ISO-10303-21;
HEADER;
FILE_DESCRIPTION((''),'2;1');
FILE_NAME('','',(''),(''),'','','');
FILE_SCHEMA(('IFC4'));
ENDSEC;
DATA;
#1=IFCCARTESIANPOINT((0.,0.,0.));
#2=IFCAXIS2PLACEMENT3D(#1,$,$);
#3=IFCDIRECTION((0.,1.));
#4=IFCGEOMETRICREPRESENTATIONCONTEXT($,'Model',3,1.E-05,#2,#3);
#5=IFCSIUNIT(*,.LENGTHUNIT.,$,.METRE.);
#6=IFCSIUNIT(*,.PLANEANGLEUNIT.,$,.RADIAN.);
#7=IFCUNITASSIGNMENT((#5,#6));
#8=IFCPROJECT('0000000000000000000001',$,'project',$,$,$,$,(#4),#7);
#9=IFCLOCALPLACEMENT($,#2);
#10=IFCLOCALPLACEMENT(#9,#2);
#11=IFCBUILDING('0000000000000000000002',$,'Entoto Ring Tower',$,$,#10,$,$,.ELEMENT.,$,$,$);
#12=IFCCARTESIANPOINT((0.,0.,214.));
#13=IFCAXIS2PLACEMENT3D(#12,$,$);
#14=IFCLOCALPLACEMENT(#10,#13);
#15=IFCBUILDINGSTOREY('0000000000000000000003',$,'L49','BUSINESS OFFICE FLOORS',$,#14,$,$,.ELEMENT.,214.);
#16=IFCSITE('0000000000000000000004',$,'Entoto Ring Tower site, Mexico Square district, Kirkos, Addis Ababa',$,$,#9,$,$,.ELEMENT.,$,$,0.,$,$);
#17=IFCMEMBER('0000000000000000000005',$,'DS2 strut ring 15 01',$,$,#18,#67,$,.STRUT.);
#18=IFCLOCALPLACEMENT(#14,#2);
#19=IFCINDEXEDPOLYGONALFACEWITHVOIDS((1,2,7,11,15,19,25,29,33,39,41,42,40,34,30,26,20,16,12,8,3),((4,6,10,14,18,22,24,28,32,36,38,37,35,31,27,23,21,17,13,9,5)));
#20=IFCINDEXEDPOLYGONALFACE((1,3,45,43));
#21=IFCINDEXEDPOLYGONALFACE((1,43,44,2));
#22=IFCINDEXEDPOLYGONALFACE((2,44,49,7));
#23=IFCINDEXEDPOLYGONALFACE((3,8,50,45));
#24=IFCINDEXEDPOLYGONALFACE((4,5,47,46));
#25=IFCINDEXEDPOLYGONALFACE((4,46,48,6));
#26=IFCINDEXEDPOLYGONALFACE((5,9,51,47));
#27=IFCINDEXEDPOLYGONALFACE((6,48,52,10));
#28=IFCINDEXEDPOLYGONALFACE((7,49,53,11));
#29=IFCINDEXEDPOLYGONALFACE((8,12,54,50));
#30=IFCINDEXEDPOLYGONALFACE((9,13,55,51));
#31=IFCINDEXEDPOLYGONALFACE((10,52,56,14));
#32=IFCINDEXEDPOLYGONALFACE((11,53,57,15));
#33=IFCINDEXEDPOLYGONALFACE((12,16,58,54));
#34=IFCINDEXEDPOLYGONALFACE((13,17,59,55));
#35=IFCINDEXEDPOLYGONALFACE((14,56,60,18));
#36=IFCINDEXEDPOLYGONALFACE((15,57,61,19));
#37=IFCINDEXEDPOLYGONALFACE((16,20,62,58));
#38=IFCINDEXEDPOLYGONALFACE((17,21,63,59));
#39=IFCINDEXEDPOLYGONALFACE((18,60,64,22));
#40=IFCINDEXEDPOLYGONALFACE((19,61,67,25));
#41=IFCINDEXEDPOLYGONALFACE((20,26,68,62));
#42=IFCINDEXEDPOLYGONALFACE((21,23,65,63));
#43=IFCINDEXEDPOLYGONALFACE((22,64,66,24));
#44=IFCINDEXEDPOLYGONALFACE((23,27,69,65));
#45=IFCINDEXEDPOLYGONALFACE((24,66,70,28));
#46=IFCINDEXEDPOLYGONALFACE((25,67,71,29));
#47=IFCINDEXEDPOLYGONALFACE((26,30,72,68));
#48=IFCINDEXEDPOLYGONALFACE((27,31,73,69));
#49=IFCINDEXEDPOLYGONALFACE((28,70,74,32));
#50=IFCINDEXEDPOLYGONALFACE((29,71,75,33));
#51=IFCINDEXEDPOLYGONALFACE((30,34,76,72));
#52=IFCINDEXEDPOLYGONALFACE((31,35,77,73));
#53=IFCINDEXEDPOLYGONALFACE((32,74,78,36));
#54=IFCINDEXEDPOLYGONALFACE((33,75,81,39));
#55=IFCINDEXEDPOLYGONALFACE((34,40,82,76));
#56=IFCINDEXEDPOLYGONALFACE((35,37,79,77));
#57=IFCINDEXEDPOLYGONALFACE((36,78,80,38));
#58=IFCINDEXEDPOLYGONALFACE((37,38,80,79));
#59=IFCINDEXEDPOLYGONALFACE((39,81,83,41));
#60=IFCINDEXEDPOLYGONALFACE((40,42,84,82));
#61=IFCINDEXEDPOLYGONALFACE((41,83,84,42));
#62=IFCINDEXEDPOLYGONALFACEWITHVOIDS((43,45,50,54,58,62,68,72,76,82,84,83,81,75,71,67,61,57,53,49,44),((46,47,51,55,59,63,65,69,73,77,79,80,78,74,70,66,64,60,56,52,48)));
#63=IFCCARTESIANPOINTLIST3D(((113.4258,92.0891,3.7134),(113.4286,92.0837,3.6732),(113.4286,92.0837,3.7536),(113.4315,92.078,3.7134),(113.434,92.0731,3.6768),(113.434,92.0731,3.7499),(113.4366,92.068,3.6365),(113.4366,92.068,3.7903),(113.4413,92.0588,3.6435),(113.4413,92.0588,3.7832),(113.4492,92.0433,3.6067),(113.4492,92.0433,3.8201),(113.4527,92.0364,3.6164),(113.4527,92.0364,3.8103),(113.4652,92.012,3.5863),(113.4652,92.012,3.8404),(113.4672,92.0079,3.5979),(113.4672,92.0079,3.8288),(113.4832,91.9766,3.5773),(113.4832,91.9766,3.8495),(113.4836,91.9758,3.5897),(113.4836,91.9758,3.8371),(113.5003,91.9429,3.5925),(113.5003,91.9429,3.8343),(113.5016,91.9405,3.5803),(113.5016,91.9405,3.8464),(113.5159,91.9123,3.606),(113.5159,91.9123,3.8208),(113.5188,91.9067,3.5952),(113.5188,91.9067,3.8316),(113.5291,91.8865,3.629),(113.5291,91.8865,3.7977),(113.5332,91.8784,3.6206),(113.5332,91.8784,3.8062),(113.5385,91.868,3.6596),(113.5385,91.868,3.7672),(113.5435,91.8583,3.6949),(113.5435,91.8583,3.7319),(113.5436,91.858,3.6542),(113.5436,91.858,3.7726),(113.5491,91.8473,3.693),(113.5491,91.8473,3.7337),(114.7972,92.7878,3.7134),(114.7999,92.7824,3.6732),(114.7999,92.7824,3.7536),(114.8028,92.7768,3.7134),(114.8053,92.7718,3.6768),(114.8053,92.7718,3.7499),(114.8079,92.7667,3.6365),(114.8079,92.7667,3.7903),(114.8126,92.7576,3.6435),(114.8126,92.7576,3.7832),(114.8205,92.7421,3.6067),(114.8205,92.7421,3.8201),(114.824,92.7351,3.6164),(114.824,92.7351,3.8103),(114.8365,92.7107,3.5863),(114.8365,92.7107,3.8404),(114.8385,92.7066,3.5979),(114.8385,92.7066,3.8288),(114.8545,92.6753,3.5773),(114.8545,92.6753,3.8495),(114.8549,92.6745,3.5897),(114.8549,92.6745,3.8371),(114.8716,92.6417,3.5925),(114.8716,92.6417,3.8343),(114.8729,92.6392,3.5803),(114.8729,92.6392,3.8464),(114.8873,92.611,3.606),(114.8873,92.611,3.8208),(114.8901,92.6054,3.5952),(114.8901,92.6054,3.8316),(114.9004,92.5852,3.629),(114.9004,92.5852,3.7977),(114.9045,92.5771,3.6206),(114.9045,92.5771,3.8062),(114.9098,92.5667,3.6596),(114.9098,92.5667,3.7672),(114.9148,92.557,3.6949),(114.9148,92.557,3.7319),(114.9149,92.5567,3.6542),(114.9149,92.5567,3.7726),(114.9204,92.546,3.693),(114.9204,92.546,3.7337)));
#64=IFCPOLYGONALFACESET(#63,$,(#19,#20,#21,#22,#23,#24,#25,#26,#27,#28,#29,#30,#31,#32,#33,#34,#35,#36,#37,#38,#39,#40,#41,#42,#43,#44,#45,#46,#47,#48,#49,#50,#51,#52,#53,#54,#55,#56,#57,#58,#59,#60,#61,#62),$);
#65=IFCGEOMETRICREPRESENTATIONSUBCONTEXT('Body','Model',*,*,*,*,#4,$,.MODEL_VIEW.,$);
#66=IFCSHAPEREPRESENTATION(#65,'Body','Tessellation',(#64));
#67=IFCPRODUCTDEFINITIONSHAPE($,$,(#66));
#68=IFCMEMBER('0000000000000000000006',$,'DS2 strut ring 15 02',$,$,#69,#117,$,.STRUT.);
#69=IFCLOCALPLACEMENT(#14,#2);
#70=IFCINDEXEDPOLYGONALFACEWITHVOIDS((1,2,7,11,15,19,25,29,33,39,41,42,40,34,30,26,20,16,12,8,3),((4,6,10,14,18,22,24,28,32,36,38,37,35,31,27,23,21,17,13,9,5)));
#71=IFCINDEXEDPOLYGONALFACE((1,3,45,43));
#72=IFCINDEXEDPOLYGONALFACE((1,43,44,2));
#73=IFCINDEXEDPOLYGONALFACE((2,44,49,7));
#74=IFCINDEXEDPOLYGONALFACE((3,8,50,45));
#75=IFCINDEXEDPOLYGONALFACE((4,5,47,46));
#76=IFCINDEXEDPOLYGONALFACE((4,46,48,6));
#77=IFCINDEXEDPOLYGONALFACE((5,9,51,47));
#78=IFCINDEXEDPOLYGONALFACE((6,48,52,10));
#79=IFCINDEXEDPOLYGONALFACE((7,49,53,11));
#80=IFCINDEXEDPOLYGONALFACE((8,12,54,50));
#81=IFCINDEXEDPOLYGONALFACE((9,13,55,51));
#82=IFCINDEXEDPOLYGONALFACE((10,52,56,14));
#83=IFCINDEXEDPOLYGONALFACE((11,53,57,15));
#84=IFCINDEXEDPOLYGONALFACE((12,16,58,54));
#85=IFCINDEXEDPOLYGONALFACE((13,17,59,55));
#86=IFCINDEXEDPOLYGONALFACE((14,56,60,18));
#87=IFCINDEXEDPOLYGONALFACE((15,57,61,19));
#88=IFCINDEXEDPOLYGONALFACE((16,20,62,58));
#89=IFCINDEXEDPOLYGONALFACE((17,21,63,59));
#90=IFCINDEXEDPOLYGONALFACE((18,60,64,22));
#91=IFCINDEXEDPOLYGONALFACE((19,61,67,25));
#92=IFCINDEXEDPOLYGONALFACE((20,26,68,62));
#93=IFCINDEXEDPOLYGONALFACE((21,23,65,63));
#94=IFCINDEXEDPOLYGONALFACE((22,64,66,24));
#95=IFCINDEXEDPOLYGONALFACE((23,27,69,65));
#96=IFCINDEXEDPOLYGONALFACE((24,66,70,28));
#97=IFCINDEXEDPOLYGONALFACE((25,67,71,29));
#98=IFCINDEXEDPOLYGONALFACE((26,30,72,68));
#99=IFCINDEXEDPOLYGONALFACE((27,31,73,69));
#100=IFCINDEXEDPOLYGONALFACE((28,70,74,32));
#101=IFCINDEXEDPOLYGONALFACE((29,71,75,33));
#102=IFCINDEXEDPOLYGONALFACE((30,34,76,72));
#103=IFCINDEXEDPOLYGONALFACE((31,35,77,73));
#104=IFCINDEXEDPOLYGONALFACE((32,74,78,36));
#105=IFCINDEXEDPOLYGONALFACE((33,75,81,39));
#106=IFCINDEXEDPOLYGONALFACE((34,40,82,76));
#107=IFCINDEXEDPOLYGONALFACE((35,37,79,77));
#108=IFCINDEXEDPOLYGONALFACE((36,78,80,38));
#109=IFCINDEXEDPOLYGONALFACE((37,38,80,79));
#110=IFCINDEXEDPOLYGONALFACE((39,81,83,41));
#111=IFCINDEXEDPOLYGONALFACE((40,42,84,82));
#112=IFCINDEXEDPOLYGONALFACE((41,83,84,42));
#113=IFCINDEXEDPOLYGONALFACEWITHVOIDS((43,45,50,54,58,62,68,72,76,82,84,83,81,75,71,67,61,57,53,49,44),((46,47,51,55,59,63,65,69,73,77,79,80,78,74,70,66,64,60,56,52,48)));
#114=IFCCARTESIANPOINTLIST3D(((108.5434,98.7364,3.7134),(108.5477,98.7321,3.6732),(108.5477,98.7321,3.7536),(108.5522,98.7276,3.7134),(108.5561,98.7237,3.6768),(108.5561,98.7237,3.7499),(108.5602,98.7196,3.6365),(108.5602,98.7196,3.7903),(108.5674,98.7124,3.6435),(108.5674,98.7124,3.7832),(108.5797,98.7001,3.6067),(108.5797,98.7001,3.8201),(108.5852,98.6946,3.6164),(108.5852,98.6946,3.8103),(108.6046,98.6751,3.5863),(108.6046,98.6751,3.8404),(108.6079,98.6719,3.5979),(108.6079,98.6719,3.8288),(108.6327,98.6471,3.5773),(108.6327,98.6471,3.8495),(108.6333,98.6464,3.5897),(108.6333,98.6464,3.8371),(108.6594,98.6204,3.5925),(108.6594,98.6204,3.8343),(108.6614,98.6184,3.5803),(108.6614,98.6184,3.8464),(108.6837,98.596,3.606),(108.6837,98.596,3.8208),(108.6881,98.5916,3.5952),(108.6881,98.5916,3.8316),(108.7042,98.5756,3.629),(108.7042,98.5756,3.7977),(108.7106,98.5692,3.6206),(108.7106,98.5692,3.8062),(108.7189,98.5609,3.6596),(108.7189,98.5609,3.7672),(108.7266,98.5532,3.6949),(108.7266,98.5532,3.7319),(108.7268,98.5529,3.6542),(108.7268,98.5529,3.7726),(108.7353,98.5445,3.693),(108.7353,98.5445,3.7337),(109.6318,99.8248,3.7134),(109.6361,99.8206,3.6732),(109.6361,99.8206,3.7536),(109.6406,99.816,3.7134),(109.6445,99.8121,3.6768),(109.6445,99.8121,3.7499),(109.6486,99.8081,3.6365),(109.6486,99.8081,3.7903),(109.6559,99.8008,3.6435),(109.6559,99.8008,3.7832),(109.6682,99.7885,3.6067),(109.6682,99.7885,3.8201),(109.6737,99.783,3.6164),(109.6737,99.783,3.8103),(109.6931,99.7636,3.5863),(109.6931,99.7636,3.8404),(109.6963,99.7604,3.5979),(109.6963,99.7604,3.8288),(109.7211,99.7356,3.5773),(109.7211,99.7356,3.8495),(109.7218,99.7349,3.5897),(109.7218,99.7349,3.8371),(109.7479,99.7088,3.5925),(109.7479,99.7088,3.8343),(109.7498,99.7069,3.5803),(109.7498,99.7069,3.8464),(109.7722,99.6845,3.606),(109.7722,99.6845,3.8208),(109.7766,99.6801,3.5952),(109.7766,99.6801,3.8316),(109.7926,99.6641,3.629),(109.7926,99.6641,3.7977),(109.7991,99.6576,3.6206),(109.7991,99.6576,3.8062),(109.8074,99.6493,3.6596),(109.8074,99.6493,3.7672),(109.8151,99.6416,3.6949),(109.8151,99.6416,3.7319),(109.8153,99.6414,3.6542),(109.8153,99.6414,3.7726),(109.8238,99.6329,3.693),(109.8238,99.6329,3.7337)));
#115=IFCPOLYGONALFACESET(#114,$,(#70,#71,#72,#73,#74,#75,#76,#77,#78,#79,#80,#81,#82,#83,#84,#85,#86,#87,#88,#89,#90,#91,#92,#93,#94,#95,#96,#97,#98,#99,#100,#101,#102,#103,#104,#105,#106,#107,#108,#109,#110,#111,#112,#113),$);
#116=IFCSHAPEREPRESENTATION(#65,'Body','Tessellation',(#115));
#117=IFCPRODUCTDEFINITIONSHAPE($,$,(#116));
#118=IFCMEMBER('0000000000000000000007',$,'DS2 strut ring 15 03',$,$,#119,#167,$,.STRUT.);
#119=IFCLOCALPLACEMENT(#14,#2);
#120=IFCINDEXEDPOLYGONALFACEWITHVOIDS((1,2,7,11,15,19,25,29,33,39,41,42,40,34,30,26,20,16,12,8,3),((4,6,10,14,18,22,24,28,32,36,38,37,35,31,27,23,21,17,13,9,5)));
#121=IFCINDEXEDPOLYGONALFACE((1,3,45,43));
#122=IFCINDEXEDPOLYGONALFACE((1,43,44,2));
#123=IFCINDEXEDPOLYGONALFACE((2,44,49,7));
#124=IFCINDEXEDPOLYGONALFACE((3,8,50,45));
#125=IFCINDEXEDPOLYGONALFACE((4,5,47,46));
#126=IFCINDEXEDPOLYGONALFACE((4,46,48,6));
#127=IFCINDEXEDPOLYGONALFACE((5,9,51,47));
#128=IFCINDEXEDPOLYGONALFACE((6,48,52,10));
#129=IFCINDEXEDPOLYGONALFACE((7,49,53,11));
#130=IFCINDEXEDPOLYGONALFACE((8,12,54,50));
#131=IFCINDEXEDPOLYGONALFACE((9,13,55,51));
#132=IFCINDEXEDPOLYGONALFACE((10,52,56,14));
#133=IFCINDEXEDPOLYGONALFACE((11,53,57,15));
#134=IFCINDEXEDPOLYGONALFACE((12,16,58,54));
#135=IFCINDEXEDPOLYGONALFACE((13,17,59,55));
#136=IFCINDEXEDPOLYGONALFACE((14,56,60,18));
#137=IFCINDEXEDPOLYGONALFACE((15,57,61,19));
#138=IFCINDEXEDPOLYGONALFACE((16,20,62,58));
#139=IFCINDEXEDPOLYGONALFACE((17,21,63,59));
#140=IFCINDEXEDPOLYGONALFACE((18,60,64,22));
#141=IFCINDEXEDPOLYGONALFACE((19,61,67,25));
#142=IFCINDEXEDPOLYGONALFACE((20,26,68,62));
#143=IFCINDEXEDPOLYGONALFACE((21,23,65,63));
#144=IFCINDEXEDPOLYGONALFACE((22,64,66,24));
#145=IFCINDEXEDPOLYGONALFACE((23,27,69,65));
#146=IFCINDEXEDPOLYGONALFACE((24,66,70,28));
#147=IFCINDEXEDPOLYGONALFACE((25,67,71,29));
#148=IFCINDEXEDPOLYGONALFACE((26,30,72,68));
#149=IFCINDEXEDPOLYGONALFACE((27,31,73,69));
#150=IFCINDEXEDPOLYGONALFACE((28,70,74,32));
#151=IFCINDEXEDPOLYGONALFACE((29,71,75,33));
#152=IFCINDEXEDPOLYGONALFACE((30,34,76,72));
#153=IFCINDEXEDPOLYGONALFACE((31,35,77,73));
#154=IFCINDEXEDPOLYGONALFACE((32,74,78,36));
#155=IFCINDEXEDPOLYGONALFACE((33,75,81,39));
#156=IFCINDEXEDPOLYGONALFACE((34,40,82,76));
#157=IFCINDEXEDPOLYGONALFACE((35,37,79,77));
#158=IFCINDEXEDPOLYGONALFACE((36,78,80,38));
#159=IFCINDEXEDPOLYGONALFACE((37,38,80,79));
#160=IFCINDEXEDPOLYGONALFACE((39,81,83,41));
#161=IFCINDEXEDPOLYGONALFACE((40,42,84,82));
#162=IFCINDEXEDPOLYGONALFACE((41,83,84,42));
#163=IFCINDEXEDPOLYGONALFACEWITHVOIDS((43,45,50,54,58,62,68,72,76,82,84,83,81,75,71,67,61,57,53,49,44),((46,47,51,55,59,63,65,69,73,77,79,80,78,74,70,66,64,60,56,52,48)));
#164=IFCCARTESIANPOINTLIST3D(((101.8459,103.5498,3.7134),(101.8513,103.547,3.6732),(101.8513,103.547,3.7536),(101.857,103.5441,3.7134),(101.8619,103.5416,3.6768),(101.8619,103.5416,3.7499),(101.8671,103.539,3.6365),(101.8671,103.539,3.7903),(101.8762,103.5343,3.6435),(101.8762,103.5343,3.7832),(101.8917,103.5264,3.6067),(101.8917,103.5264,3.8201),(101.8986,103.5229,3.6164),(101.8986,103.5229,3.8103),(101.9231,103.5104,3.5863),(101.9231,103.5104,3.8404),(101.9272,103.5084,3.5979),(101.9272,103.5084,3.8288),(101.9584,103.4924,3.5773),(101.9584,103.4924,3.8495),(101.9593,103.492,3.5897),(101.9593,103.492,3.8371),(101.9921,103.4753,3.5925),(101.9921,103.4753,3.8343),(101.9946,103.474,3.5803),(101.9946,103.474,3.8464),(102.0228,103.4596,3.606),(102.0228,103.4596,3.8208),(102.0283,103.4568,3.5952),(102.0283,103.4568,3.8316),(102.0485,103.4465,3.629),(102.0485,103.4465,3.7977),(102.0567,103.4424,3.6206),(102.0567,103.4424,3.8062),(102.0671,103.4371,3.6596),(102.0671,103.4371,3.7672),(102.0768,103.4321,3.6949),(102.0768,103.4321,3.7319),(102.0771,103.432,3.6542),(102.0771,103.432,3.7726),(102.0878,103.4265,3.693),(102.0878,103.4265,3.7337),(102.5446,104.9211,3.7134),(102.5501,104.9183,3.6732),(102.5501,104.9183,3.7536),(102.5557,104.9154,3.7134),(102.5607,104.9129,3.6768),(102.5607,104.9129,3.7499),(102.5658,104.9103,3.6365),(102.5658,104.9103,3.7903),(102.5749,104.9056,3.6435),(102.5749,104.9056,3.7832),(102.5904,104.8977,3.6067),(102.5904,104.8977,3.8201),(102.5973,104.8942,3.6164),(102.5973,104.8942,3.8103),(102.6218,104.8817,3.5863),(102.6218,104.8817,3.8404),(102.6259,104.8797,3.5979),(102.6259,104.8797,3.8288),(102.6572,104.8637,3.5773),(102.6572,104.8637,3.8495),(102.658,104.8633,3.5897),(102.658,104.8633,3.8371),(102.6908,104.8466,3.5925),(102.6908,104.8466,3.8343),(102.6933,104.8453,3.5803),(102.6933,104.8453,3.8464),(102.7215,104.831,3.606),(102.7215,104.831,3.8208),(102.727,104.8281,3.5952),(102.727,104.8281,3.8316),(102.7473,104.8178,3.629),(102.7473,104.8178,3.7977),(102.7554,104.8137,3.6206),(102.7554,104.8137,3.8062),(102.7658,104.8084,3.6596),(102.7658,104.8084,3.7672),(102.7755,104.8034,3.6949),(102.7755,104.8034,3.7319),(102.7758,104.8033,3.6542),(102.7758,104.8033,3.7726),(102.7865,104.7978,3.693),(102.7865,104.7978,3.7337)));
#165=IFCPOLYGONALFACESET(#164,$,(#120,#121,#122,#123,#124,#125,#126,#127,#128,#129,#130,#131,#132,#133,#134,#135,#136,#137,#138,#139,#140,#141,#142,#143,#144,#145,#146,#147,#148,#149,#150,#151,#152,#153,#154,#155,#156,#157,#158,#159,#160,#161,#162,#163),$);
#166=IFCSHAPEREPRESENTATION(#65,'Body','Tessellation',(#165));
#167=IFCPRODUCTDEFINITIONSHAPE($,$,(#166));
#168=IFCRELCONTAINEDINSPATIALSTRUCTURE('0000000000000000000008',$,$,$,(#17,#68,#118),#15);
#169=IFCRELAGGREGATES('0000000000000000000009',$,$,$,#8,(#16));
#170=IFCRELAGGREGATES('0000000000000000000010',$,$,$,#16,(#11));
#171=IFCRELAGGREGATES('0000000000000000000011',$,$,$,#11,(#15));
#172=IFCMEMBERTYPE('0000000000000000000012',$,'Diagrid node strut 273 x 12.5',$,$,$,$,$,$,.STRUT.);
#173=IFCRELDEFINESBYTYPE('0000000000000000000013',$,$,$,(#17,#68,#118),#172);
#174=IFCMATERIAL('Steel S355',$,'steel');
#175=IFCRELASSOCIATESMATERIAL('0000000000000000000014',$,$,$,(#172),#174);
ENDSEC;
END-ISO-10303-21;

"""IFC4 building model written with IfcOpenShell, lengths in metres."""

from ifc_helpers import new_model, si_unit, direction, frame, origin, origin_2d, place, context, subcontext, project, spatial, circle, hollow_circle, extrude, material, material_profile, profile_set, type_object, element, save


model = new_model("IFC4")

# Units and contexts
model_context = context("Model", 3, precision=1e-05, world=origin(), true_north=direction((0.0, 1.0)))
body_context = subcontext(model_context, "Body", "Model", "MODEL_VIEW")
ifc_project = project(units=[si_unit("LENGTHUNIT", "METRE"), si_unit("PLANEANGLEUNIT", "RADIAN")], contexts=[model_context])

# Site, building, storey
site_placement = place(None, origin())
site = spatial("IfcSite", under=ifc_project, at=site_placement, Name="Entoto Ring Tower site, Mexico Square district, Kirkos, Addis Ababa", CompositionType="ELEMENT", RefElevation=0.0)
building_placement = place(site_placement, origin())
building = spatial("IfcBuilding", under=site, at=building_placement, Name="Entoto Ring Tower", CompositionType="ELEMENT")
storey_placement = place(building_placement, frame((0.0, 0.0, 214.0)))
storey = spatial("IfcBuildingStorey", under=building, at=storey_placement, Name="L49", Description="BUSINESS OFFICE FLOORS", CompositionType="ELEMENT", Elevation=214.0)

# Members
ifc_material_1 = material(Name="Steel S355", Category="steel")
ifc_material_profile_1 = material_profile(ifc_material_1, hollow_circle(Radius=0.1365, WallThickness=0.0125, at=origin_2d()), Name="CHS 273 x 12.5")
ifc_material_2 = material(Name="Concrete C60/75", Category="concrete")
ifc_material_profile_2 = material_profile(ifc_material_2, circle(Radius=0.124, at=origin_2d()), Name="Concrete C60/75 infill")
ifc_profile_set_1 = profile_set([ifc_material_profile_1, ifc_material_profile_2], Name="Steel S355")
member_type = type_object("IfcMemberType", Name="Diagrid node strut 273 x 12.5", PredefinedType="STRUT", material=ifc_profile_set_1)
member_1_placement = place(storey_placement, frame((113.4878, 91.9675, 3.7134), z_axis=(0.891007, 0.45399, 0.0), x_axis=(-0.45399, 0.891007, 0.0)))
element("IfcMember", 1, at=member_1_placement, inside=storey, type_object=member_type, Name="DS2 strut ring 15 01", PredefinedType="STRUT", context=body_context, shape_type="SweptSolid", body=[
    extrude(hollow_circle(Radius=0.1365, WallThickness=0.0125, at=origin_2d()), origin(), (0.0, 0.0, 1.0), 1.5391),
])
member_2_placement = place(storey_placement, frame((108.6399, 98.6399, 3.7134), z_axis=(0.707107, 0.707107, 0.0), x_axis=(-0.707107, 0.707107, 0.0)))
element("IfcMember", 2, at=member_2_placement, inside=storey, type_object=member_type, Name="DS2 strut ring 15 02", PredefinedType="STRUT", context=body_context, shape_type="SweptSolid", body=[
    extrude(hollow_circle(Radius=0.1365, WallThickness=0.0125, at=origin_2d()), origin(), (0.0, 0.0, 1.0), 1.5393),
])
for number, where, z_axis, x_axis, name in (
    (3, (101.9675, 103.4878, 3.7134), (0.45399, 0.891007, 0.0), (-0.891007, 0.45399, 0.0), "DS2 strut ring 15 03"),
):
    element("IfcMember", number, at=place(storey_placement, frame(where, z_axis=z_axis, x_axis=x_axis)), inside=storey, type_object=member_type, Name=name, PredefinedType="STRUT", context=body_context, shape_type="SweptSolid", body=[
        extrude(hollow_circle(Radius=0.1365, WallThickness=0.0125, at=origin_2d()), origin(), (0.0, 0.0, 1.0), 1.5391),
    ])

save(model, "model.ifc")
